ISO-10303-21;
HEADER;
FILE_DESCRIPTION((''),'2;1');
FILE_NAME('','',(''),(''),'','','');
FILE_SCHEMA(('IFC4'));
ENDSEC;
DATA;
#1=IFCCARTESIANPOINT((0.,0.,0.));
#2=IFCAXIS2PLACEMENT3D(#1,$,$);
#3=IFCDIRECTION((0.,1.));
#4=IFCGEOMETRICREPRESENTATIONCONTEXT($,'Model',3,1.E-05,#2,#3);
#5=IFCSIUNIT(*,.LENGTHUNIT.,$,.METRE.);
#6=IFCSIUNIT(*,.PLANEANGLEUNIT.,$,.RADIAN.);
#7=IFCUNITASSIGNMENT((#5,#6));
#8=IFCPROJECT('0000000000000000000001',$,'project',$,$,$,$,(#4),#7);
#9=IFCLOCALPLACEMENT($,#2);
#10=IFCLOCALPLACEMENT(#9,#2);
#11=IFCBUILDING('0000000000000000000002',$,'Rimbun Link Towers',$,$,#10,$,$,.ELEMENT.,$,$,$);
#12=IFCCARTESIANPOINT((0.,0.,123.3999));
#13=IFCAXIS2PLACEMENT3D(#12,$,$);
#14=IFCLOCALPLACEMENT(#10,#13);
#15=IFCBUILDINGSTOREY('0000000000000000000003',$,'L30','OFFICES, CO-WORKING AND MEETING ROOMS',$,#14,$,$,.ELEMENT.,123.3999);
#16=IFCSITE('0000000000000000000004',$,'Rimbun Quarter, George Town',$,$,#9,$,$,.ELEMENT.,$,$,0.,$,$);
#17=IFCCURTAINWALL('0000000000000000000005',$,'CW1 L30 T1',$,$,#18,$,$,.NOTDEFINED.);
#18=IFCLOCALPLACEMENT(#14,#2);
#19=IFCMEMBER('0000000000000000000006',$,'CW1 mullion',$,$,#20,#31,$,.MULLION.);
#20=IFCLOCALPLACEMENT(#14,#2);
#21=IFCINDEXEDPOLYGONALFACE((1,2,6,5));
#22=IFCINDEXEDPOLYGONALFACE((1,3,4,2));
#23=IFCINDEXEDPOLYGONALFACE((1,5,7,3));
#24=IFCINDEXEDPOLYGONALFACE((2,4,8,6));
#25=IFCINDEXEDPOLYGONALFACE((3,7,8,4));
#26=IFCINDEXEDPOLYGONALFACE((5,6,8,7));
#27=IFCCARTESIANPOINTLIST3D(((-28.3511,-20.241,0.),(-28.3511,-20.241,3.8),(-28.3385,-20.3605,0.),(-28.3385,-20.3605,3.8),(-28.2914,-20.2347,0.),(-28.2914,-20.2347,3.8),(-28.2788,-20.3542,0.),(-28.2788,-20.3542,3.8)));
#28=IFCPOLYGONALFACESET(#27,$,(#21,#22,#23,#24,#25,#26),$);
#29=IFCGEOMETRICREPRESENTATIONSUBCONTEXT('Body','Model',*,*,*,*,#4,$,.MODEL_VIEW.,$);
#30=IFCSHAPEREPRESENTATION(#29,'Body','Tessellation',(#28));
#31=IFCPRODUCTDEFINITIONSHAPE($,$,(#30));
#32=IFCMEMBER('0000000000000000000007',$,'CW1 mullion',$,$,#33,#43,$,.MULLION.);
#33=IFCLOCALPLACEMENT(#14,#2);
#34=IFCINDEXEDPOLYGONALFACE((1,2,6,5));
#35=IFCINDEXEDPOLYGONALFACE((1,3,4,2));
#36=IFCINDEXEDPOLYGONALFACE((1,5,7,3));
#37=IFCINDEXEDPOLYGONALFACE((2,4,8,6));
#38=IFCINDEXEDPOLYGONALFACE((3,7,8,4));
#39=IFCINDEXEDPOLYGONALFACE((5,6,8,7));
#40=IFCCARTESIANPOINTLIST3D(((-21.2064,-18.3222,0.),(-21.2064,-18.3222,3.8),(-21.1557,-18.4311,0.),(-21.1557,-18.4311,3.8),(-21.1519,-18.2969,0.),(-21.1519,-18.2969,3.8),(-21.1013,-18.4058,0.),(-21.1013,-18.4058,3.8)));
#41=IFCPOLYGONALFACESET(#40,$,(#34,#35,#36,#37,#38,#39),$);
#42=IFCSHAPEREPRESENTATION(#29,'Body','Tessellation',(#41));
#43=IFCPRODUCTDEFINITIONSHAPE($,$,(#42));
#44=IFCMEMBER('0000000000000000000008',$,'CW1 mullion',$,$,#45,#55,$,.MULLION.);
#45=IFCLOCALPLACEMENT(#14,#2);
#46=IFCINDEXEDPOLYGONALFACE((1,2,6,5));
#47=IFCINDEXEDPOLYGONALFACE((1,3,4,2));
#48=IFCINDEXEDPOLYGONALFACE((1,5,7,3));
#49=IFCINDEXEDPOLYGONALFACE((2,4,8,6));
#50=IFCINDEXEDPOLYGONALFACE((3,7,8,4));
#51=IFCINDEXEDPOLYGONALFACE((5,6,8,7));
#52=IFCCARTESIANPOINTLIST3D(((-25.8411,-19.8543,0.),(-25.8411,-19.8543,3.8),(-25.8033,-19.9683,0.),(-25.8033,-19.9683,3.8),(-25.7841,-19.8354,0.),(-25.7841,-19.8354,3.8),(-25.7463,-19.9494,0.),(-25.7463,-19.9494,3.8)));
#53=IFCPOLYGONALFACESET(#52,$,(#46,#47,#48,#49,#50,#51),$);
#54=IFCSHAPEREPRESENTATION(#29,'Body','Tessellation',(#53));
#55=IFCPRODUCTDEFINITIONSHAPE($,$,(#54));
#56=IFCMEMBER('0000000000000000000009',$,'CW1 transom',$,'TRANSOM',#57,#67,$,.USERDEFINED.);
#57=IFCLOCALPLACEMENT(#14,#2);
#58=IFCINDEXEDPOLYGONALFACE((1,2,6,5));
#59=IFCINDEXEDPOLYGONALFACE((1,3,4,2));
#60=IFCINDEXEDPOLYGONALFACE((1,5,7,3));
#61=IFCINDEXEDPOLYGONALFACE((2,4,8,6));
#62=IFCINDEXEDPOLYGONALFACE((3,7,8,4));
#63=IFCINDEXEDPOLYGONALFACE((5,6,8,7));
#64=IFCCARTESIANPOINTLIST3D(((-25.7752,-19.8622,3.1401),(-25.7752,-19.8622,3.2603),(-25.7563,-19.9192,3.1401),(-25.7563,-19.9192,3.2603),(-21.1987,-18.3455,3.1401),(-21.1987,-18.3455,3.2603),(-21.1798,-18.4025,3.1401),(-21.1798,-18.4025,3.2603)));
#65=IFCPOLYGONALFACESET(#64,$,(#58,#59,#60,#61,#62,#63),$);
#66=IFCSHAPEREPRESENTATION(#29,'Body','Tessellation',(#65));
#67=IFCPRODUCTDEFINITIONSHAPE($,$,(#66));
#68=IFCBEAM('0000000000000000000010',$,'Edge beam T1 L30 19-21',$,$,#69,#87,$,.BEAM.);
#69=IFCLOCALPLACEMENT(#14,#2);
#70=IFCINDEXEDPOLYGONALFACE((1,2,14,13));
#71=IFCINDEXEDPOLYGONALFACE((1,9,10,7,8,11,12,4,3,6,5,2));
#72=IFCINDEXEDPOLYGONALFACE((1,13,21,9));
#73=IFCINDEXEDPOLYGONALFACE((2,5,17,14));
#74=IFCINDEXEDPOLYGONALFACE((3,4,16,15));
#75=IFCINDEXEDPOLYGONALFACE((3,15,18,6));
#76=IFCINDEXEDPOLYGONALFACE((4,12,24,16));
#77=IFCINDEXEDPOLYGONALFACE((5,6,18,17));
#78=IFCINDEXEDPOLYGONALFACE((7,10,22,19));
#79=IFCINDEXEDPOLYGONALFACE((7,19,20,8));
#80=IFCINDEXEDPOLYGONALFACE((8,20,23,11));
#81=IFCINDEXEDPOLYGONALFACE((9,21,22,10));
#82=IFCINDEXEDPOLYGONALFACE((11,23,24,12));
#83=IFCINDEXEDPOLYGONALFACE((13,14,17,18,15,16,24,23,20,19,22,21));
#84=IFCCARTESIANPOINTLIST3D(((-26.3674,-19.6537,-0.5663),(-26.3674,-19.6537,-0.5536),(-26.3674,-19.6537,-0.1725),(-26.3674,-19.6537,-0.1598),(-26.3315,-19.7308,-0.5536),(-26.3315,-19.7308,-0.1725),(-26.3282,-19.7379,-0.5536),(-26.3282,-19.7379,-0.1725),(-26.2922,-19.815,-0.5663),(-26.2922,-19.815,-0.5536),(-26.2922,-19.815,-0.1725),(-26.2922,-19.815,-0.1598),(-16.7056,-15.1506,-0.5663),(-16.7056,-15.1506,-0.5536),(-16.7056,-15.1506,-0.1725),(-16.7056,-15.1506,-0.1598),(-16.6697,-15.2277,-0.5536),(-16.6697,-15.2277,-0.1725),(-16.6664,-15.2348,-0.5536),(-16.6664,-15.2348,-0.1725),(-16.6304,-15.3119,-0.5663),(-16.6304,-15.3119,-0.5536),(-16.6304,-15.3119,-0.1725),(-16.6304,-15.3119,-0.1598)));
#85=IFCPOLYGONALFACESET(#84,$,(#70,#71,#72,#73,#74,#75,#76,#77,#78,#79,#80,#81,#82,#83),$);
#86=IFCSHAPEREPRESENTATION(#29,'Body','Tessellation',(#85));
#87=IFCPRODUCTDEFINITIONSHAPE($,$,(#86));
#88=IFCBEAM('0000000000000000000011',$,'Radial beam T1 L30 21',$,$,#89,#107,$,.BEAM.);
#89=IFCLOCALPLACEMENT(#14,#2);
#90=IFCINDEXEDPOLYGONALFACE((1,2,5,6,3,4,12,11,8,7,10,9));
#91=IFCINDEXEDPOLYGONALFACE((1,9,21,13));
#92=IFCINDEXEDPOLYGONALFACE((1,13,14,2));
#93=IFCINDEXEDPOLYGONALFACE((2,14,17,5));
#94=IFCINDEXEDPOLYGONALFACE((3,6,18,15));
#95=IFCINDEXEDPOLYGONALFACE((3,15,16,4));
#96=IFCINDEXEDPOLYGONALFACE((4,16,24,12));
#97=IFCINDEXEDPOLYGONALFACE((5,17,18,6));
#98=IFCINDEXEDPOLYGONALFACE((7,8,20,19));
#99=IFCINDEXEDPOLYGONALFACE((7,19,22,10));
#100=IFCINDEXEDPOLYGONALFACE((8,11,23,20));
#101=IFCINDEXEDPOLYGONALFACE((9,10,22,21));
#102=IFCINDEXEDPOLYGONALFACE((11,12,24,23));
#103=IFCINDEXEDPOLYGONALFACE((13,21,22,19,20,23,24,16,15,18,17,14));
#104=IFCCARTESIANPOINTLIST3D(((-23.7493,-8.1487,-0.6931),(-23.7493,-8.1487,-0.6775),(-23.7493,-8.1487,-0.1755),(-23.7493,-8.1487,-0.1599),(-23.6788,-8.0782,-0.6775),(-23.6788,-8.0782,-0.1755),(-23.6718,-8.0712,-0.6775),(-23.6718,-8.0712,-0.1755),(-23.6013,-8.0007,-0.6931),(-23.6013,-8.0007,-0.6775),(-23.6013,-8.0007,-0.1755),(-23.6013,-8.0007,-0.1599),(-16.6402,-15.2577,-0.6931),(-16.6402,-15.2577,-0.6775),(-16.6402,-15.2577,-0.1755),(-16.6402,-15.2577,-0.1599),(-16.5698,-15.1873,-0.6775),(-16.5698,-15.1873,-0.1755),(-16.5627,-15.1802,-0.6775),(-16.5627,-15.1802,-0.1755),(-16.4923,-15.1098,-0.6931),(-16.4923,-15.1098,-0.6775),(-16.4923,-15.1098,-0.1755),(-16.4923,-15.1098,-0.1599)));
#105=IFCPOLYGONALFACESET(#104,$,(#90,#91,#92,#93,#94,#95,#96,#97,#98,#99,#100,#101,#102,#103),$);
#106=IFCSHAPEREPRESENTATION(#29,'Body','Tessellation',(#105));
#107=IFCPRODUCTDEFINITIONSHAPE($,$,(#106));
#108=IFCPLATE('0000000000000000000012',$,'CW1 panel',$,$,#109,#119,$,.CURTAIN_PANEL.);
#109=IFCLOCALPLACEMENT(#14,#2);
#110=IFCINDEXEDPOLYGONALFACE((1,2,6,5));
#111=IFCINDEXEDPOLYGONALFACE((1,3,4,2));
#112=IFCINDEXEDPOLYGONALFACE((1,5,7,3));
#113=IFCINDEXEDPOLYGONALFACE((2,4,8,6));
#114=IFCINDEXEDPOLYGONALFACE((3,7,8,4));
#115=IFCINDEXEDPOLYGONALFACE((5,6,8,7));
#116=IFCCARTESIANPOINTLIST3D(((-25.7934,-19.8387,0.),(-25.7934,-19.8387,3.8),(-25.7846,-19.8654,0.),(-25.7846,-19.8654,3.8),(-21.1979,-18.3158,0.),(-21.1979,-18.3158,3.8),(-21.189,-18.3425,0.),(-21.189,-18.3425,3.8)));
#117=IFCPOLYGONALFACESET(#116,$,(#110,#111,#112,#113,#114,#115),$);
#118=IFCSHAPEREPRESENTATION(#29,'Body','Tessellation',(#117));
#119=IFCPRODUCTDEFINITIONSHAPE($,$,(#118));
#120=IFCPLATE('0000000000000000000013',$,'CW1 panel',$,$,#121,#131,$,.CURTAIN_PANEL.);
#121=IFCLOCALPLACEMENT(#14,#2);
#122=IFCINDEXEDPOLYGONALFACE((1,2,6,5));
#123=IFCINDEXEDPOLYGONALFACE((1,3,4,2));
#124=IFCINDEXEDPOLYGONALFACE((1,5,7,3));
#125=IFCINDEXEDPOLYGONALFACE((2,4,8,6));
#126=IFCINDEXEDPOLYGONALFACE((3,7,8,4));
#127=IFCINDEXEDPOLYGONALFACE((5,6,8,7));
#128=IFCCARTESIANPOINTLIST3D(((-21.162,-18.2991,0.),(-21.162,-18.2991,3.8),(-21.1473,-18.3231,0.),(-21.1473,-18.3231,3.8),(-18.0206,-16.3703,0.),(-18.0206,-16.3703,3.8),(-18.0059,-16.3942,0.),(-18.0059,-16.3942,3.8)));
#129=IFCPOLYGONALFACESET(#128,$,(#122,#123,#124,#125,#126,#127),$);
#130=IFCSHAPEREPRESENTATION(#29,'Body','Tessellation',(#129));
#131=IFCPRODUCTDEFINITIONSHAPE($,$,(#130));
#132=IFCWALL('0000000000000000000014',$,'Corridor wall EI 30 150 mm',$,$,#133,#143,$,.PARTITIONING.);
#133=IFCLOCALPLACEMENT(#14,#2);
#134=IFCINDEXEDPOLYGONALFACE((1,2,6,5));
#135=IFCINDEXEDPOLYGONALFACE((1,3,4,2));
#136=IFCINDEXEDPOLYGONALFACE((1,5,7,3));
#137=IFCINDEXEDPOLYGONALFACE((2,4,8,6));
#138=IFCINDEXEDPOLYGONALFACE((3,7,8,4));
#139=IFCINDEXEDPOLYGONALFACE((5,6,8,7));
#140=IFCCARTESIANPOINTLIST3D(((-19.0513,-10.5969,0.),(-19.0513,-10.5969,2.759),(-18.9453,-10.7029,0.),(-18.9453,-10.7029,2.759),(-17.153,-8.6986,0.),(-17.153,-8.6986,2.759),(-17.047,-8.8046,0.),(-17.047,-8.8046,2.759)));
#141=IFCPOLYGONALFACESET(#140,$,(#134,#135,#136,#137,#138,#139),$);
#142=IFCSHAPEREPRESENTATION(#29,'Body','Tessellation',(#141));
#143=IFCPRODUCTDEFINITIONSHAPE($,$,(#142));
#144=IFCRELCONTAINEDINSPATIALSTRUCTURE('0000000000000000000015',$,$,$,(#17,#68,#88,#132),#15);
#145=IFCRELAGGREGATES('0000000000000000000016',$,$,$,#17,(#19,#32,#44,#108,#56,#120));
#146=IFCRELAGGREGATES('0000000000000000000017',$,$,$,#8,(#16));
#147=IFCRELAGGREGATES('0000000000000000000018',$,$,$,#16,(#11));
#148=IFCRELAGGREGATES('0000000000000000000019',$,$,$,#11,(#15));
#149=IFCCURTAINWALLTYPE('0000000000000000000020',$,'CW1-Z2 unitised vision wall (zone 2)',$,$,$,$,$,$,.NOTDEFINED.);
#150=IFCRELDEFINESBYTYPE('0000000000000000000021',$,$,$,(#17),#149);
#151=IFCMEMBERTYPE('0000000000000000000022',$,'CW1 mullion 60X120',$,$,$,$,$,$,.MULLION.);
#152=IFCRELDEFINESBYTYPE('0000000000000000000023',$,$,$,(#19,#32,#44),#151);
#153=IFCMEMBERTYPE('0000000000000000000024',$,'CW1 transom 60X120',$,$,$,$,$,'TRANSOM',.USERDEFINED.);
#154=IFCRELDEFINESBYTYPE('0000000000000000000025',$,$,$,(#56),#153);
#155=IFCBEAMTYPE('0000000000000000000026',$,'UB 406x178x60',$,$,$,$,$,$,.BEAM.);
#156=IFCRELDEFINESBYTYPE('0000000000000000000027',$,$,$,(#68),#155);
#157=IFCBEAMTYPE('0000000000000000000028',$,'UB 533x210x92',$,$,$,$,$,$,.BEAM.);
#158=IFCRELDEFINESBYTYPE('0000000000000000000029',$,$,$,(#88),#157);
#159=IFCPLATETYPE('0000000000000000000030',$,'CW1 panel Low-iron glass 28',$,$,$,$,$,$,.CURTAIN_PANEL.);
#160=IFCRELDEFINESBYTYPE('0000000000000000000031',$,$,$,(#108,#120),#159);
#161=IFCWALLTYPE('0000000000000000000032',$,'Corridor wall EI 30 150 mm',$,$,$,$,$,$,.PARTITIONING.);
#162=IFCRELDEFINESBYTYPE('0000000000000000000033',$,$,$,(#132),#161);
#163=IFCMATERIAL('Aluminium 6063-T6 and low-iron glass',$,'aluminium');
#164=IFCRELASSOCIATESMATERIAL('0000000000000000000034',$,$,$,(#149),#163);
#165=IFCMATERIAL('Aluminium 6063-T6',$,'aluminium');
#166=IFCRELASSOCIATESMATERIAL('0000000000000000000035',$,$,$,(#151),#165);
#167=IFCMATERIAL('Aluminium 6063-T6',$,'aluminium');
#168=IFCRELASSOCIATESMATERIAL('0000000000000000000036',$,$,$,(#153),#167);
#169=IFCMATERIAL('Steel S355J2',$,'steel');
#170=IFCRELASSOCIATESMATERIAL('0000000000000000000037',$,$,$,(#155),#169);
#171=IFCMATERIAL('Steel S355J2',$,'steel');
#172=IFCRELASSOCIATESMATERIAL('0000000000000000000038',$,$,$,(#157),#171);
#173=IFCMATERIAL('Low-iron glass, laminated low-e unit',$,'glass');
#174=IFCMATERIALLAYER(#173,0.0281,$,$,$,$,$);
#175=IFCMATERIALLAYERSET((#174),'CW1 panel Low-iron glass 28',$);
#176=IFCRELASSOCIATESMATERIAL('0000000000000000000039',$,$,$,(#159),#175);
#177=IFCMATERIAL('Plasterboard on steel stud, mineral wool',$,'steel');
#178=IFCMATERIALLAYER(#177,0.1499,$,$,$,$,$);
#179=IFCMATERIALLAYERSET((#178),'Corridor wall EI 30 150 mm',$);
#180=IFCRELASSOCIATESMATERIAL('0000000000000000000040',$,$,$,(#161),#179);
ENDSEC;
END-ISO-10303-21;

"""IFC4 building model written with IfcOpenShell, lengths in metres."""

from ifc_helpers import new_model, si_unit, direction, frame, frame_2d, origin, origin_2d, place, context, subcontext, project, spatial, rectangle, i_section, extrude, material, layer, layer_set, material_profile, profile_set, type_object, element, aggregate, save


model = new_model("IFC4")

# Units and contexts
model_context = context("Model", 3, precision=1e-05, world=origin(), true_north=direction((0.0, 1.0)))
body_context = subcontext(model_context, "Body", "Model", "MODEL_VIEW")
ifc_project = project(units=[si_unit("LENGTHUNIT", "METRE"), si_unit("PLANEANGLEUNIT", "RADIAN")], contexts=[model_context])

# Site, building, storey
site_placement = place(None, origin())
site = spatial("IfcSite", under=ifc_project, at=site_placement, Name="Rimbun Quarter, George Town", CompositionType="ELEMENT", RefElevation=0.0)
building_placement = place(site_placement, origin())
building = spatial("IfcBuilding", under=site, at=building_placement, Name="Rimbun Link Towers", CompositionType="ELEMENT")
storey_placement = place(building_placement, frame((0.0, 0.0, 123.3999)))
storey = spatial("IfcBuildingStorey", under=building, at=storey_placement, Name="L30", Description="OFFICES, CO-WORKING AND MEETING ROOMS", CompositionType="ELEMENT", Elevation=123.3999)

# Curtain wall, members
ifc_material_1 = material(Name="Aluminium 6063-T6 and low-iron glass", Category="aluminium")
curtain_wall_type = type_object("IfcCurtainWallType", Name="CW1-Z2 unitised vision wall (zone 2)", PredefinedType="NOTDEFINED", material=ifc_material_1)
curtain_wall_placement = place(storey_placement, origin())
curtain_wall = element("IfcCurtainWall", 1, at=curtain_wall_placement, inside=storey, type_object=curtain_wall_type, Name="CW1 L30 T1", PredefinedType="NOTDEFINED")
ifc_material_2 = material(Name="Aluminium 6063-T6", Category="aluminium")
ifc_material_profile_1 = material_profile(ifc_material_2, rectangle(XDim=0.1201, YDim=0.0601, at=origin_2d()), Name="MULLION 60X120")
ifc_profile_set_1 = profile_set([ifc_material_profile_1], Name="Aluminium 6063-T6")
member_type_1 = type_object("IfcMemberType", Name="CW1 mullion 60X120", PredefinedType="MULLION", material=ifc_profile_set_1)
member_1_placement = place(storey_placement, frame((-28.3149, -20.2976, 0.0), z_axis=(0.0, 0.0, 1.0), x_axis=(0.104748, -0.994499, 0.0)))
member_1 = element("IfcMember", 2, at=member_1_placement, type_object=member_type_1, Name="CW1 mullion", PredefinedType="MULLION", context=body_context, shape_type="SweptSolid", body=[
    extrude(rectangle(XDim=0.1201, YDim=0.0601, at=origin_2d()), origin(), (0.0, 0.0, 1.0), 3.8),
])
member_2_placement = place(storey_placement, frame((-21.1538, -18.364, 0.0), z_axis=(0.0, 0.0, 1.0), x_axis=(0.421705, -0.906733, 0.0)))
member_2 = element("IfcMember", 3, at=member_2_placement, type_object=member_type_1, Name="CW1 mullion", PredefinedType="MULLION", context=body_context, shape_type="SweptSolid", body=[
    extrude(rectangle(XDim=0.1201, YDim=0.0601, at=origin_2d()), origin(), (0.0, 0.0, 1.0), 3.8),
])
member_3_placement = place(storey_placement, frame((-25.7937, -19.9019, 0.0), z_axis=(0.0, 0.0, 1.0), x_axis=(0.314563, -0.949236, 0.0)))
member_3 = element("IfcMember", 4, at=member_3_placement, type_object=member_type_1, Name="CW1 mullion", PredefinedType="MULLION", context=body_context, shape_type="SweptSolid", body=[
    extrude(rectangle(XDim=0.1201, YDim=0.0601, at=origin_2d()), origin(), (0.0, 0.0, 1.0), 3.8),
])
ifc_material_3 = material(Name="Aluminium 6063-T6", Category="aluminium")
ifc_material_profile_2 = material_profile(ifc_material_3, rectangle(XDim=0.0601, YDim=0.1201, at=origin_2d()), Name="TRANSOM 60X120")
ifc_profile_set_2 = profile_set([ifc_material_profile_2], Name="Aluminium 6063-T6")
member_type_2 = type_object("IfcMemberType", Name="CW1 transom 60X120", ElementType="TRANSOM", PredefinedType="USERDEFINED", material=ifc_profile_set_2)
member_4_placement = place(storey_placement, frame((-21.1892, -18.374, 3.2002), z_axis=(-0.949234, -0.314571, 0.0), x_axis=(0.314571, -0.949234, 0.0)))
member_4 = element("IfcMember", 5, at=member_4_placement, type_object=member_type_2, Name="CW1 transom", ObjectType="TRANSOM", PredefinedType="USERDEFINED", context=body_context, shape_type="SweptSolid", body=[
    extrude(rectangle(XDim=0.0601, YDim=0.1201, at=origin_2d()), origin(), (0.0, 0.0, 1.0), 4.8213),
])

# Beams
ifc_material_4 = material(Name="Steel S355J2", Category="steel")
ifc_material_profile_3 = material_profile(ifc_material_4, i_section(OverallWidth=0.178, OverallDepth=0.4065, WebThickness=0.0078, FlangeThickness=0.0127, at=origin_2d()), Name="UB 406x178x60")
ifc_profile_set_3 = profile_set([ifc_material_profile_3], Name="Steel S355J2")
beam_type_1 = type_object("IfcBeamType", Name="UB 406x178x60", PredefinedType="BEAM", material=ifc_profile_set_3)
beam_1_placement = place(storey_placement, frame((-26.3298, -19.7344, -0.363), z_axis=(0.906388, 0.422447, 0.0), x_axis=(-0.422447, 0.906388, 0.0)))
element("IfcBeam", 6, at=beam_1_placement, inside=storey, type_object=beam_type_1, Name="Edge beam T1 L30 19-21", PredefinedType="BEAM", context=body_context, shape_type="SweptSolid", body=[
    extrude(i_section(OverallWidth=0.178, OverallDepth=0.4065, WebThickness=0.0078, FlangeThickness=0.0127, at=origin_2d()), origin(), (0.0, 0.0, 1.0), 10.6597),
])
ifc_material_5 = material(Name="Steel S355J2", Category="steel")
ifc_material_profile_4 = material_profile(ifc_material_5, i_section(OverallWidth=0.2092, OverallDepth=0.5332, WebThickness=0.01, FlangeThickness=0.0156, at=origin_2d()), Name="UB 533x210x92")
ifc_profile_set_4 = profile_set([ifc_material_profile_4], Name="Steel S355J2")
beam_type_2 = type_object("IfcBeamType", Name="UB 533x210x92", PredefinedType="BEAM", material=ifc_profile_set_4)
beam_2_placement = place(storey_placement, frame((-23.6753, -8.0747, -0.4265), z_axis=(0.707107, -0.707107, 0.0), x_axis=(0.707107, 0.707107, 0.0)))
element("IfcBeam", 7, at=beam_2_placement, inside=storey, type_object=beam_type_2, Name="Radial beam T1 L30 21", PredefinedType="BEAM", context=body_context, shape_type="SweptSolid", body=[
    extrude(i_section(OverallWidth=0.2092, OverallDepth=0.5332, WebThickness=0.01, FlangeThickness=0.0156, at=origin_2d()), origin(), (0.0, 0.0, 1.0), 10.0537),
])

# Plates
ifc_material_6 = material(Name="Low-iron glass, laminated low-e unit", Category="glass")
ifc_layer_1 = layer(ifc_material_6, 0.0281)
ifc_layer_set_1 = layer_set([ifc_layer_1], Name="CW1 panel Low-iron glass 28")
plate_type = type_object("IfcPlateType", Name="CW1 panel Low-iron glass 28", PredefinedType="CURTAIN_PANEL", material=ifc_layer_set_1)
plate_1_placement = place(storey_placement, frame((-23.4912, -19.0906, 0.0), z_axis=(0.0, 0.0, 1.0), x_axis=(-0.949236, -0.314563, 0.0)))
plate_1 = element("IfcPlate", 8, at=plate_1_placement, type_object=plate_type, Name="CW1 panel", PredefinedType="CURTAIN_PANEL", context=body_context, shape_type="SweptSolid", body=[
    extrude(rectangle(XDim=4.8413, YDim=0.0281, at=origin_2d()), origin(), (0.0, 0.0, 1.0), 3.8),
])
plate_2_placement = place(storey_placement, frame((-19.584, -17.3467, 0.0), z_axis=(0.0, 0.0, 1.0), x_axis=(-0.852183, -0.523243, 0.0)))
plate_2 = element("IfcPlate", 9, at=plate_2_placement, type_object=plate_type, Name="CW1 panel", PredefinedType="CURTAIN_PANEL", context=body_context, shape_type="SweptSolid", body=[
    extrude(rectangle(XDim=3.6863, YDim=0.0281, at=origin_2d()), origin(), (0.0, 0.0, 1.0), 3.8),
])
aggregate(curtain_wall, [member_1, member_2, member_3, plate_1, member_4, plate_2])

# Wall
ifc_material_7 = material(Name="Plasterboard on steel stud, mineral wool", Category="steel")
ifc_layer_2 = layer(ifc_material_7, 0.1499)
ifc_layer_set_2 = layer_set([ifc_layer_2], Name="Corridor wall EI 30 150 mm")
wall_type_1 = type_object("IfcWallType", Name="Corridor wall EI 30 150 mm", PredefinedType="PARTITIONING", material=ifc_layer_set_2)
wall_1_placement = place(storey_placement, frame((-18.9983, -10.6499, 0.0), z_axis=(0.0, 0.0, 1.0), x_axis=(0.707107, 0.707107, 0.0)))
element("IfcWall", 10, at=wall_1_placement, inside=storey, type_object=wall_type_1, Name="Corridor wall EI 30 150 mm", PredefinedType="PARTITIONING", context=body_context, shape_type="SweptSolid", body=[
    extrude(rectangle(XDim=2.6846, YDim=0.1499, at=frame_2d((1.3423, 0.0))), origin(), (0.0, 0.0, 1.0), 2.759),
])

save(model, "model.ifc")
